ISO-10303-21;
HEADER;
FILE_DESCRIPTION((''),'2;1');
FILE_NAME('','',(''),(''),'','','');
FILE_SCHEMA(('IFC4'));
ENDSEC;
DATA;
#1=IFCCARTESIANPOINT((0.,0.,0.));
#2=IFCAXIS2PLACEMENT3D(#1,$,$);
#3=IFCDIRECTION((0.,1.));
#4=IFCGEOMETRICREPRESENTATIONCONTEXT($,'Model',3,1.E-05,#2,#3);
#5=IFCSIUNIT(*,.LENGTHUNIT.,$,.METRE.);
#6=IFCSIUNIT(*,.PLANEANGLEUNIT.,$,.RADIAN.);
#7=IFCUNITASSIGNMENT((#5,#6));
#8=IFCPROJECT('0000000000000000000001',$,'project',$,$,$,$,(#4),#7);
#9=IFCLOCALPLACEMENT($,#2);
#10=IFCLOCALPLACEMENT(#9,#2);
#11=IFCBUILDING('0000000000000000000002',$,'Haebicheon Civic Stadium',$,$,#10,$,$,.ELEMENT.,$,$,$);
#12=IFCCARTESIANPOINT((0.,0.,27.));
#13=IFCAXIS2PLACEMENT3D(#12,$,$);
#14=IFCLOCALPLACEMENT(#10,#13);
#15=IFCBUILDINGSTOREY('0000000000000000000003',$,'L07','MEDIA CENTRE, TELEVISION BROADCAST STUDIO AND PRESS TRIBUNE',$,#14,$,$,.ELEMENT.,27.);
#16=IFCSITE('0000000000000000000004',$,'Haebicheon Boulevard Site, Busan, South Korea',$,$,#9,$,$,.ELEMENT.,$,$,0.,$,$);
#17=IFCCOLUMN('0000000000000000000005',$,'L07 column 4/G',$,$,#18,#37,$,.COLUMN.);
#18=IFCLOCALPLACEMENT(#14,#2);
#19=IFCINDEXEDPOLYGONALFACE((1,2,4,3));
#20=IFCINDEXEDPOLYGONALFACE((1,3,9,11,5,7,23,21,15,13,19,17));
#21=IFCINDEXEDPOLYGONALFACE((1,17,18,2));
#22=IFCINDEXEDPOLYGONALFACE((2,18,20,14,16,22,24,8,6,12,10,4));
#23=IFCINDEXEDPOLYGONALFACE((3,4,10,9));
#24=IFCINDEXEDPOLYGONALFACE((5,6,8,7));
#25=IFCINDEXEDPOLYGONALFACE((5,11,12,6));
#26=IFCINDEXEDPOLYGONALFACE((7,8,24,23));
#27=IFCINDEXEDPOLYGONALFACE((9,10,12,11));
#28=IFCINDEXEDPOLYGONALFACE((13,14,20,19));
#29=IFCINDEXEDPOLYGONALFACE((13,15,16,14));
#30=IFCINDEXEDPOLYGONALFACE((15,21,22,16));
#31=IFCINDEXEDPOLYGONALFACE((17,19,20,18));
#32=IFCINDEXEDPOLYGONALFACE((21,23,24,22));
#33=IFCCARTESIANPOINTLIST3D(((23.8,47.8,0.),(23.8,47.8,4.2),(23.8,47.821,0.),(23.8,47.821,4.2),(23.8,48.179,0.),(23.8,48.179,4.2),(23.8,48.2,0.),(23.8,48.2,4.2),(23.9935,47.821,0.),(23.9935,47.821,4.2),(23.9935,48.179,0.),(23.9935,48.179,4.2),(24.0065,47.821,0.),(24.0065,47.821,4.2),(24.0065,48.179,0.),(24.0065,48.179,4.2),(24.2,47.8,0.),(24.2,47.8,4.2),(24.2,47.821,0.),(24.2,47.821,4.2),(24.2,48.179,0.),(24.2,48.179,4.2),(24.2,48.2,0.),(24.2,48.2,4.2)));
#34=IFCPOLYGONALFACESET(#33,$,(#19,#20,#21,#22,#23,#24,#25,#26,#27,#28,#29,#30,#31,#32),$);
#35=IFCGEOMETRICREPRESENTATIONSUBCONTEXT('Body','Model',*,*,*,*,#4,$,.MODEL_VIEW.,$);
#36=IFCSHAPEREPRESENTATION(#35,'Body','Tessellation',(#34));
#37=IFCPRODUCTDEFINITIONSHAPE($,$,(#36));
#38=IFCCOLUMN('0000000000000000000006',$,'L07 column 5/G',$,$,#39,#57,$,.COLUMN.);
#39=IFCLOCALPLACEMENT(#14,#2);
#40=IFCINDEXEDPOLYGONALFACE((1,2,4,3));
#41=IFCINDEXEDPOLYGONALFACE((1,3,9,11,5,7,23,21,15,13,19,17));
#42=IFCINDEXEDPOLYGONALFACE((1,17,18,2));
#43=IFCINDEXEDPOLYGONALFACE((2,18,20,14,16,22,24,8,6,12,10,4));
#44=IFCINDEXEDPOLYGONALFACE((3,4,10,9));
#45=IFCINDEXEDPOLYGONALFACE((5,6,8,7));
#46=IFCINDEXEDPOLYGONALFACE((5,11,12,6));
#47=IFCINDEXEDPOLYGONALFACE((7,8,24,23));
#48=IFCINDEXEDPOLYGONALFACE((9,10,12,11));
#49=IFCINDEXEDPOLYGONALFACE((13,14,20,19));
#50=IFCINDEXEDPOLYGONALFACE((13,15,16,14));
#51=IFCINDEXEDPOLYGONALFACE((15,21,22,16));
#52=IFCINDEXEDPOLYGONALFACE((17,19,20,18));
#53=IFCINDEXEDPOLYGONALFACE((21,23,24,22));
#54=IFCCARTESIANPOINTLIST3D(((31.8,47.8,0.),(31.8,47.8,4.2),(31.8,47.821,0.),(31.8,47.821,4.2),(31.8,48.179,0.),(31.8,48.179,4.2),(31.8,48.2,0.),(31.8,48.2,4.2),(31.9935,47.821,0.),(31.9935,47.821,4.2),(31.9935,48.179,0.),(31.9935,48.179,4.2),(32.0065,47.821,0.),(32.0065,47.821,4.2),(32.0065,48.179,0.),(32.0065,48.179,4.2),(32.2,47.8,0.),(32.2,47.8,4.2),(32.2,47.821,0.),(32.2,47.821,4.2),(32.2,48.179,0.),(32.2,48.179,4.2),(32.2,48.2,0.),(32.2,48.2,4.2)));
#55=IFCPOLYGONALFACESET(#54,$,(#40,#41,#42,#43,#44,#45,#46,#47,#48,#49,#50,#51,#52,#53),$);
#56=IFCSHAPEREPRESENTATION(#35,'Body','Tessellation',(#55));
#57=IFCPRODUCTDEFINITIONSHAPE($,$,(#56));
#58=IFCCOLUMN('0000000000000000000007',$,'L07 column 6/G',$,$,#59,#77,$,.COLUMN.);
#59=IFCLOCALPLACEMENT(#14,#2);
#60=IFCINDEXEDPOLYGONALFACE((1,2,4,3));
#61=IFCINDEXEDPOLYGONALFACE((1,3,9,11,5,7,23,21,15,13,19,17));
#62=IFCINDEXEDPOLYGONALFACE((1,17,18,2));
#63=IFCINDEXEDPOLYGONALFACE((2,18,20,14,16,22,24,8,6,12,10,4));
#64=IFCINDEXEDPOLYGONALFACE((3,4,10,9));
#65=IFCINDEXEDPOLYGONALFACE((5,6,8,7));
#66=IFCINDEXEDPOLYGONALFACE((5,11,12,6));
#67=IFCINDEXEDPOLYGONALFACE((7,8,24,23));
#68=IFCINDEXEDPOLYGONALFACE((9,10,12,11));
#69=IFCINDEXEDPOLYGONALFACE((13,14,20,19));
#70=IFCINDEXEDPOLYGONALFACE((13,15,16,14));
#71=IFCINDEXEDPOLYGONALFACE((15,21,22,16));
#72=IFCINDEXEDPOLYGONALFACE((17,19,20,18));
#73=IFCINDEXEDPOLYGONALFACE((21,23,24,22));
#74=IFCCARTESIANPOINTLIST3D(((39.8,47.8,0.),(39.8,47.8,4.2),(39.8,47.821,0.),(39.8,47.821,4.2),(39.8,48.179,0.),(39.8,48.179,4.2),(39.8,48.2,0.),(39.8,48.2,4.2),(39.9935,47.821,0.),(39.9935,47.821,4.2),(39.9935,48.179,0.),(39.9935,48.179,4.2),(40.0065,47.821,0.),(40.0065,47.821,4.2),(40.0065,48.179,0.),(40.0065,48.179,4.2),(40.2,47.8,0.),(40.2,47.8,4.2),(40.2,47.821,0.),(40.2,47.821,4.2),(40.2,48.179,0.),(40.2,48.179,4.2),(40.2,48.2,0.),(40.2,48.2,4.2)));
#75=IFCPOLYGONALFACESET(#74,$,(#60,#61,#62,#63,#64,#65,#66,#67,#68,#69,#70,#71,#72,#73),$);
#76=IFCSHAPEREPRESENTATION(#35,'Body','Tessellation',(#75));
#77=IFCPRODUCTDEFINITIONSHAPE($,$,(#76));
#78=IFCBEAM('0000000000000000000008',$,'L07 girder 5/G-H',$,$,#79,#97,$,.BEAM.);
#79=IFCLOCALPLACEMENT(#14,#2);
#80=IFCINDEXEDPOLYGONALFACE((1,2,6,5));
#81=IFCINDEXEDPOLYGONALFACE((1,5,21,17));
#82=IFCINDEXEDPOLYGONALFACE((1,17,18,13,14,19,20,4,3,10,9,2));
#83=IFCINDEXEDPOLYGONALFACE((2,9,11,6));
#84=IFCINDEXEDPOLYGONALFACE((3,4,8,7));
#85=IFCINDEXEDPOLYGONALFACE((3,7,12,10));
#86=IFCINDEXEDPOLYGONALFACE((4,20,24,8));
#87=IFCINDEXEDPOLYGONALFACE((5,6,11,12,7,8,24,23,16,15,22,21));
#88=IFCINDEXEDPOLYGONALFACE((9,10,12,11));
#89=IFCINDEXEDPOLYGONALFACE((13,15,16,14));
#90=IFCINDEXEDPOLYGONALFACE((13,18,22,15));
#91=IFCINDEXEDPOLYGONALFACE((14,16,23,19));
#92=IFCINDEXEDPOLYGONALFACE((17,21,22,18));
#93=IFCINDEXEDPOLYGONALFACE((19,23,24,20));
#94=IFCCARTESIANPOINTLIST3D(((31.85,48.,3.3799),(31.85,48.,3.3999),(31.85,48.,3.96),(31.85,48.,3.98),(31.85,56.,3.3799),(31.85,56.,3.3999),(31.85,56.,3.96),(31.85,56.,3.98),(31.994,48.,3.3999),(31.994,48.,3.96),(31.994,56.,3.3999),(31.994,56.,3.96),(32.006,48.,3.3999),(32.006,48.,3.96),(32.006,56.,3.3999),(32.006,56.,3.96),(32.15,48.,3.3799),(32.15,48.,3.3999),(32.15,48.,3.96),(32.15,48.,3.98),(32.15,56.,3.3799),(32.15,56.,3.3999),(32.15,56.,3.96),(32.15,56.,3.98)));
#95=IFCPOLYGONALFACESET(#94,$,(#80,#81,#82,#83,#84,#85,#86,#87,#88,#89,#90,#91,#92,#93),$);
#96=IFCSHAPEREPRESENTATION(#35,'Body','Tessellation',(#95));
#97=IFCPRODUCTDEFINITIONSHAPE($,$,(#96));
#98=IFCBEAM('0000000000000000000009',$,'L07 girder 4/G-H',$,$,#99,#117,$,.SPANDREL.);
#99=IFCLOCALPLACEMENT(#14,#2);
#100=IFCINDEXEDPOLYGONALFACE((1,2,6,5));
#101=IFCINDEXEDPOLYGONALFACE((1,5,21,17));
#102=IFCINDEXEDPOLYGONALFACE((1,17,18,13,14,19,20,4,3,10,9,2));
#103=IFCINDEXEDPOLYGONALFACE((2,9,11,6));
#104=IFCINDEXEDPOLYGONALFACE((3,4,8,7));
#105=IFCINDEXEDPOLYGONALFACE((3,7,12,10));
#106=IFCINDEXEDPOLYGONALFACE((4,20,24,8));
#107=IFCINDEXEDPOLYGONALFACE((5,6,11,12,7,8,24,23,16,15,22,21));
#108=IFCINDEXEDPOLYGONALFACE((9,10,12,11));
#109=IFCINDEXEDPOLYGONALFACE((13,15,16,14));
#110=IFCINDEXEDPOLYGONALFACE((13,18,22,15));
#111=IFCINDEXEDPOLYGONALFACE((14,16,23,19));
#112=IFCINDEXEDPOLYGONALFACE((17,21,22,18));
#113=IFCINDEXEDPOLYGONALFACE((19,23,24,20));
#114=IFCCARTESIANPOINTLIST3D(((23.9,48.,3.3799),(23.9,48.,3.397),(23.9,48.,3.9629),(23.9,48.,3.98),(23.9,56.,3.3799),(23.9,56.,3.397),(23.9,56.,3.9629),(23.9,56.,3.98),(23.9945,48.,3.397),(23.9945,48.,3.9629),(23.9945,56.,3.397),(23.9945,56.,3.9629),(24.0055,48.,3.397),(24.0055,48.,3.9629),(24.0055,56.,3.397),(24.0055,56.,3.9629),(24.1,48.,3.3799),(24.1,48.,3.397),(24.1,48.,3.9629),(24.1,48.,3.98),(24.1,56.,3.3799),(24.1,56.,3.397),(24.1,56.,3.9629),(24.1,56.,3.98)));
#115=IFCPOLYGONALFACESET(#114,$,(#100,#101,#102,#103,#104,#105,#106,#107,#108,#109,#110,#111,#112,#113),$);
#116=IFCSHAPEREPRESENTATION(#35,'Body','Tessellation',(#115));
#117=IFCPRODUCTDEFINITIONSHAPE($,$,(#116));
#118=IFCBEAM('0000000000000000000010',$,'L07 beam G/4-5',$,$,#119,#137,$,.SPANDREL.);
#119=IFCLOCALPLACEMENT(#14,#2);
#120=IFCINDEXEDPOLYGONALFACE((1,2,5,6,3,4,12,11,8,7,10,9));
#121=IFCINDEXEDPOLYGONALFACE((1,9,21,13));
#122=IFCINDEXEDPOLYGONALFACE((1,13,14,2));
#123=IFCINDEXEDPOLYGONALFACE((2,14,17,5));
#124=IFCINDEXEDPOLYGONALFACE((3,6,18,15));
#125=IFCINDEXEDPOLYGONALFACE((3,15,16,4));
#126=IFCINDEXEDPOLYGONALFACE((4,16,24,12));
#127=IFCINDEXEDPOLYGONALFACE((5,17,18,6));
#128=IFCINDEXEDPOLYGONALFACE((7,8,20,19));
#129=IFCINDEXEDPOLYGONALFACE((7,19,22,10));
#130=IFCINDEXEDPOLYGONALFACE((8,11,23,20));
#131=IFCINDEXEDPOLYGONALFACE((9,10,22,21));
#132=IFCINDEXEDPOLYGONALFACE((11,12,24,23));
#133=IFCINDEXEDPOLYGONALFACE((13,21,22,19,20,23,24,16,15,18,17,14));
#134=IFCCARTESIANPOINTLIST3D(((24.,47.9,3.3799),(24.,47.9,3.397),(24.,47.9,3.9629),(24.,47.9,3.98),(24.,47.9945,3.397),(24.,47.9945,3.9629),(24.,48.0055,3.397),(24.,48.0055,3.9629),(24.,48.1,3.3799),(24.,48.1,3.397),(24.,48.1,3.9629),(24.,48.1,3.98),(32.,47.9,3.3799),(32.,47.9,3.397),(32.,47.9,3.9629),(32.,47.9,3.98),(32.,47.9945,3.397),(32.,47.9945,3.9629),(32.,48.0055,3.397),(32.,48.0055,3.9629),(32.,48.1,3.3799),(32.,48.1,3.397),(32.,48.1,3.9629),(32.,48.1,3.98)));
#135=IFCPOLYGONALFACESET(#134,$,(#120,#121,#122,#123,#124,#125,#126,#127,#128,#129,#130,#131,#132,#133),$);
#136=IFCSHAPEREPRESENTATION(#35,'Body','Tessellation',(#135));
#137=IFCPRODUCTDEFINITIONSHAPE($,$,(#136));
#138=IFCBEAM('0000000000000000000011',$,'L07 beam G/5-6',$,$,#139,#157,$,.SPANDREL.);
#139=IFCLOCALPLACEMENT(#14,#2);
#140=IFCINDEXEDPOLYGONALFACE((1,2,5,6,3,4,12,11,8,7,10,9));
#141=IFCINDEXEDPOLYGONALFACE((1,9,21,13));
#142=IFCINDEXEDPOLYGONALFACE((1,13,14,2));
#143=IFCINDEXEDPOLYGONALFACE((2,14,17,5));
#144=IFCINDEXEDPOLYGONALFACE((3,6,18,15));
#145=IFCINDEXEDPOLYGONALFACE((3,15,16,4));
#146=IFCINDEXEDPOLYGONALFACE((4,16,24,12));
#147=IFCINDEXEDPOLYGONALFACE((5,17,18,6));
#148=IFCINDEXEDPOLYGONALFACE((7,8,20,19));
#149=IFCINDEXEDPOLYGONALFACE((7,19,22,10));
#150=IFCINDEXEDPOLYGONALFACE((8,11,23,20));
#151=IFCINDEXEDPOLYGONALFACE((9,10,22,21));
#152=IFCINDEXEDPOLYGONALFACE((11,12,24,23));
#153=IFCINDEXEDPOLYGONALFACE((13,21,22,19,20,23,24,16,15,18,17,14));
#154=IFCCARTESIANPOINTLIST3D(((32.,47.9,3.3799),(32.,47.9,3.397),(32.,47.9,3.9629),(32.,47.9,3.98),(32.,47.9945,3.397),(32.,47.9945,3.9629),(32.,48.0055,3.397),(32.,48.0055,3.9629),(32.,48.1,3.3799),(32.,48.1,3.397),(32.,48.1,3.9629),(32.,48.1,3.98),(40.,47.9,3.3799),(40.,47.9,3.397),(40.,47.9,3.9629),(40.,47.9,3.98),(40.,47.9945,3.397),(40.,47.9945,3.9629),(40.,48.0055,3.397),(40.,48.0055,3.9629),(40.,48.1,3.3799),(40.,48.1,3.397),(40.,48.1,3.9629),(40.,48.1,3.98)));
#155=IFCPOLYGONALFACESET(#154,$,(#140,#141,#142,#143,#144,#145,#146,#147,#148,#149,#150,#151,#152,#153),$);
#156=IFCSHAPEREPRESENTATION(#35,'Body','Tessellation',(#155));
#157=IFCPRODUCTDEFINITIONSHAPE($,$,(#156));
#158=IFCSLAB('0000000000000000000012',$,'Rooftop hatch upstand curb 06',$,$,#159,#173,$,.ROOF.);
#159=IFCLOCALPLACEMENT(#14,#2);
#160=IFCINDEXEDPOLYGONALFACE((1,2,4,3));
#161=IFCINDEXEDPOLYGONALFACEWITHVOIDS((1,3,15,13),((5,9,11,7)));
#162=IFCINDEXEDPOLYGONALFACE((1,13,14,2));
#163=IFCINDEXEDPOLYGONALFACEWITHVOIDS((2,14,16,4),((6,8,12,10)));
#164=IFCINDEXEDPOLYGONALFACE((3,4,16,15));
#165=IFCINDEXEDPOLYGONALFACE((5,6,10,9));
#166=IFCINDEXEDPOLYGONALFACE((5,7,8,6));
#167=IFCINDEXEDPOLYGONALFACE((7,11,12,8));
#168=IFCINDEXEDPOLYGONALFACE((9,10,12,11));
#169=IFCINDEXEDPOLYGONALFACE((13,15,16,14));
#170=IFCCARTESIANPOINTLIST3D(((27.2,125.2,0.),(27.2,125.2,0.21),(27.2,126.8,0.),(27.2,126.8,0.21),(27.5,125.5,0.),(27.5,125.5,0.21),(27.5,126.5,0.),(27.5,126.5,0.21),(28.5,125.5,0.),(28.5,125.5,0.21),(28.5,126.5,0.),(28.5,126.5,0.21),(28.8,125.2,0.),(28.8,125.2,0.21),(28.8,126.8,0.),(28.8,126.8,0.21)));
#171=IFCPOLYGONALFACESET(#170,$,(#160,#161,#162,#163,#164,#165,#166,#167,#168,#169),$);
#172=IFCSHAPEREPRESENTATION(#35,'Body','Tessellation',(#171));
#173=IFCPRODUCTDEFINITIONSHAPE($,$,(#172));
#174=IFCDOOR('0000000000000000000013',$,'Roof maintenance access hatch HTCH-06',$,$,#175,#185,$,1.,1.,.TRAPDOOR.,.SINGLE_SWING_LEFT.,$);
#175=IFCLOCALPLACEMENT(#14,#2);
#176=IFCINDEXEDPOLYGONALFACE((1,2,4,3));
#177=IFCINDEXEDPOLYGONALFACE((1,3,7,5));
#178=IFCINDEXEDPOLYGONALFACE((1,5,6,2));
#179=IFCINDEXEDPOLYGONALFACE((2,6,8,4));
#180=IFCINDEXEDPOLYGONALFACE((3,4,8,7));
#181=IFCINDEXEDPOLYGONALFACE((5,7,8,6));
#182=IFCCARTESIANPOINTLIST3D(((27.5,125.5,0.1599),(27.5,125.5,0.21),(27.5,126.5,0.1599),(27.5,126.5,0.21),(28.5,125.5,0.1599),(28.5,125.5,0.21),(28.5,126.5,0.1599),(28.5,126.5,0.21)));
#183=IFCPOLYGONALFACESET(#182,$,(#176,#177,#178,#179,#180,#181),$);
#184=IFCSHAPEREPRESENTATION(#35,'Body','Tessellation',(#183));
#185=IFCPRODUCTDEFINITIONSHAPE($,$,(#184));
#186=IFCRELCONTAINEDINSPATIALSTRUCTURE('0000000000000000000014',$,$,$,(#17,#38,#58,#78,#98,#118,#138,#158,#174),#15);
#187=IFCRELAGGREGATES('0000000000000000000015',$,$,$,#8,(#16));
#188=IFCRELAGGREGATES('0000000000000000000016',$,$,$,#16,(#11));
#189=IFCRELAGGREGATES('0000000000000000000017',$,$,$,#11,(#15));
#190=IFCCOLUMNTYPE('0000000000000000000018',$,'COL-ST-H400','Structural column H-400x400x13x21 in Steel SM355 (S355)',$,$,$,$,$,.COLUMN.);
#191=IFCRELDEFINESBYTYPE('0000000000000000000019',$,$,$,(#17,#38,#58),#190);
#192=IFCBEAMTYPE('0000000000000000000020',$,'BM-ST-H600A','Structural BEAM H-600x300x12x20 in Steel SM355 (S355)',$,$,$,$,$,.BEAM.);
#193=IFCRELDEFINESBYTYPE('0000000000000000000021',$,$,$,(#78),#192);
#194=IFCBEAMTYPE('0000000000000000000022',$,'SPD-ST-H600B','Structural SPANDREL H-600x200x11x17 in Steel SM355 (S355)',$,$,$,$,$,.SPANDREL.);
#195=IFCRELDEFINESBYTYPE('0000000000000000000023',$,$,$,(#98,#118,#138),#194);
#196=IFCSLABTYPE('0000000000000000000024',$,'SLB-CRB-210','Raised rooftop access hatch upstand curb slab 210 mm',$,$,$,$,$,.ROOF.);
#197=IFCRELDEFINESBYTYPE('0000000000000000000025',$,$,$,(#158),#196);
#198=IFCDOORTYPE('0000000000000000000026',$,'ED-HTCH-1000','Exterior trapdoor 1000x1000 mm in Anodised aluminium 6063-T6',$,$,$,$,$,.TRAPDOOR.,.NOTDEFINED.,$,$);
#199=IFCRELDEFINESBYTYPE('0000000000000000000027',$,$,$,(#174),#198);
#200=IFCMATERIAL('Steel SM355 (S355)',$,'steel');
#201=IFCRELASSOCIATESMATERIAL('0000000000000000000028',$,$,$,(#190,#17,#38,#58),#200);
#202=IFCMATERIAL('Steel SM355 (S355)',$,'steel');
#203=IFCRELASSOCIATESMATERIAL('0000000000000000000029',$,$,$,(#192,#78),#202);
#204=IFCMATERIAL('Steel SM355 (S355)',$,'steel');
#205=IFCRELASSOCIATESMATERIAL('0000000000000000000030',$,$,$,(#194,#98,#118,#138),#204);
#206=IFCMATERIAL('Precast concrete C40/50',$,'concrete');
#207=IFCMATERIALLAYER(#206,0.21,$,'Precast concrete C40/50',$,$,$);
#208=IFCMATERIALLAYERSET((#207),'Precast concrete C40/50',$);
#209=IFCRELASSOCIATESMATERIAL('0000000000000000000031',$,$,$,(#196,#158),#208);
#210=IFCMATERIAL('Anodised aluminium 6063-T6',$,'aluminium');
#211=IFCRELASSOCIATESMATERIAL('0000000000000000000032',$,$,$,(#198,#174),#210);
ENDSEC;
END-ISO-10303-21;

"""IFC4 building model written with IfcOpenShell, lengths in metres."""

from ifc_helpers import new_model, si_unit, direction, frame, origin, origin_2d, place, context, subcontext, project, spatial, polyline, rectangle, i_section, outline, extrude, material, layer, layer_set, material_profile, profile_set, type_object, element, fill, save


model = new_model("IFC4")

# Units and contexts
model_context = context("Model", 3, precision=1e-05, world=origin(), true_north=direction((0.0, 1.0)))
body_context = subcontext(model_context, "Body", "Model", "MODEL_VIEW")
ifc_project = project(units=[si_unit("LENGTHUNIT", "METRE"), si_unit("PLANEANGLEUNIT", "RADIAN")], contexts=[model_context])

# Site, building, storey
site_placement = place(None, origin())
site = spatial("IfcSite", under=ifc_project, at=site_placement, Name="Haebicheon Boulevard Site, Busan, South Korea", CompositionType="ELEMENT", RefElevation=0.0)
building_placement = place(site_placement, origin())
building = spatial("IfcBuilding", under=site, at=building_placement, Name="Haebicheon Civic Stadium", CompositionType="ELEMENT")
storey_placement = place(building_placement, frame((0.0, 0.0, 27.0)))
storey = spatial("IfcBuildingStorey", under=building, at=storey_placement, Name="L07", Description="MEDIA CENTRE, TELEVISION BROADCAST STUDIO AND PRESS TRIBUNE", CompositionType="ELEMENT", Elevation=27.0)

# Columns
ifc_material_1 = material(Name="Steel SM355 (S355)", Category="steel")
ifc_material_profile_1 = material_profile(ifc_material_1, i_section(OverallWidth=0.3999, OverallDepth=0.3999, WebThickness=0.0129, FlangeThickness=0.021, at=origin_2d()), Name="H-400x400x13x21")
ifc_profile_set_1 = profile_set([ifc_material_profile_1], Name="Steel SM355 (S355)")
column_type = type_object("IfcColumnType", Name="COL-ST-H400", Description="Structural column H-400x400x13x21 in Steel SM355 (S355)", PredefinedType="COLUMN", material=ifc_profile_set_1)
for number, where, z_axis, x_axis, name in (
    (1, (24.0, 48.0, 0.0), (0.0, 0.0, 1.0), (1.0, 0.0, 0.0), "L07 column 4/G"),
    (2, (32.0, 48.0, 0.0), (0.0, 0.0, 1.0), (1.0, 0.0, 0.0), "L07 column 5/G"),
    (3, (40.0, 48.0, 0.0), (0.0, 0.0, 1.0), (1.0, 0.0, 0.0), "L07 column 6/G"),
):
    element("IfcColumn", number, at=place(storey_placement, frame(where, z_axis=z_axis, x_axis=x_axis)), inside=storey, type_object=column_type, material=ifc_profile_set_1, Name=name, PredefinedType="COLUMN", context=body_context, shape_type="SweptSolid", body=[
        extrude(i_section(OverallWidth=0.3999, OverallDepth=0.3999, WebThickness=0.0129, FlangeThickness=0.021, at=origin_2d()), origin(), (0.0, 0.0, 1.0), 4.2),
    ])

# Beams
ifc_material_2 = material(Name="Steel SM355 (S355)", Category="steel")
ifc_material_profile_2 = material_profile(ifc_material_2, i_section(OverallWidth=0.3, OverallDepth=0.6001, WebThickness=0.012, FlangeThickness=0.02, at=origin_2d()), Name="H-600x300x12x20")
ifc_profile_set_2 = profile_set([ifc_material_profile_2], Name="Steel SM355 (S355)")
beam_type_1 = type_object("IfcBeamType", Name="BM-ST-H600A", Description="Structural BEAM H-600x300x12x20 in Steel SM355 (S355)", PredefinedType="BEAM", material=ifc_profile_set_2)
beam_placement = place(storey_placement, frame((32.0, 48.0, 3.6799), z_axis=(0.0, 1.0, 0.0), x_axis=(-1.0, 0.0, 0.0)))
element("IfcBeam", 4, at=beam_placement, inside=storey, type_object=beam_type_1, material=ifc_profile_set_2, Name="L07 girder 5/G-H", PredefinedType="BEAM", context=body_context, shape_type="SweptSolid", body=[
    extrude(i_section(OverallWidth=0.3, OverallDepth=0.6001, WebThickness=0.012, FlangeThickness=0.02, at=origin_2d()), origin(), (0.0, 0.0, 1.0), 8.0),
])
ifc_material_3 = material(Name="Steel SM355 (S355)", Category="steel")
ifc_material_profile_3 = material_profile(ifc_material_3, i_section(OverallWidth=0.2, OverallDepth=0.6001, WebThickness=0.011, FlangeThickness=0.0171, at=origin_2d()), Name="H-600x200x11x17")
ifc_profile_set_3 = profile_set([ifc_material_profile_3], Name="Steel SM355 (S355)")
beam_type_2 = type_object("IfcBeamType", Name="SPD-ST-H600B", Description="Structural SPANDREL H-600x200x11x17 in Steel SM355 (S355)", PredefinedType="SPANDREL", material=ifc_profile_set_3)
for number, where, z_axis, x_axis, name in (
    (5, (24.0, 48.0, 3.6799), (0.0, 1.0, 0.0), (-1.0, 0.0, 0.0), "L07 girder 4/G-H"),
    (6, (24.0, 48.0, 3.6799), (1.0, 0.0, 0.0), (0.0, 1.0, 0.0), "L07 beam G/4-5"),
    (7, (32.0, 48.0, 3.6799), (1.0, 0.0, 0.0), (0.0, 1.0, 0.0), "L07 beam G/5-6"),
):
    element("IfcBeam", number, at=place(storey_placement, frame(where, z_axis=z_axis, x_axis=x_axis)), inside=storey, type_object=beam_type_2, material=ifc_profile_set_3, Name=name, PredefinedType="SPANDREL", context=body_context, shape_type="SweptSolid", body=[
        extrude(i_section(OverallWidth=0.2, OverallDepth=0.6001, WebThickness=0.011, FlangeThickness=0.0171, at=origin_2d()), origin(), (0.0, 0.0, 1.0), 8.0),
    ])

# Slab, opening, door
ifc_material_4 = material(Name="Precast concrete C40/50", Category="concrete")
ifc_layer_1 = layer(ifc_material_4, 0.21, Name="Precast concrete C40/50")
ifc_layer_set_1 = layer_set([ifc_layer_1], Name="Precast concrete C40/50")
slab_type_1 = type_object("IfcSlabType", Name="SLB-CRB-210", Description="Raised rooftop access hatch upstand curb slab 210 mm", PredefinedType="ROOF", material=ifc_layer_set_1)
slab_1_placement = place(storey_placement, origin())
slab_1 = element("IfcSlab", 8, at=slab_1_placement, inside=storey, type_object=slab_type_1, material=ifc_layer_set_1, Name="Rooftop hatch upstand curb 06", PredefinedType="ROOF", context=body_context, shape_type="SweptSolid", body=[
    extrude(outline(polyline([(27.2, 125.2), (28.8, 125.2), (28.8, 126.8), (27.2, 126.8), (27.2, 125.2)]), holes=[polyline([(27.5, 125.5), (28.5, 125.5), (28.5, 126.5), (27.5, 126.5), (27.5, 125.5)])]), origin(), (0.0, 0.0, 1.0), 0.21),
])
opening_placement = place(slab_1_placement, frame((28.0, 126.0, -0.01)))
opening = element("IfcOpeningElement", 9, at=opening_placement, cuts=slab_1, PredefinedType="OPENING", context=body_context, shape_type="SweptSolid", body=[
    extrude(rectangle(XDim=1.0, YDim=1.0, at=origin_2d()), origin(), (0.0, 0.0, 1.0), 0.23),
])
ifc_material_5 = material(Name="Anodised aluminium 6063-T6", Category="aluminium")
door_type = type_object("IfcDoorType", Name="ED-HTCH-1000", Description="Exterior trapdoor 1000x1000 mm in Anodised aluminium 6063-T6", OperationType="NOTDEFINED", PredefinedType="TRAPDOOR", material=ifc_material_5)
door_placement = place(slab_1_placement, frame((28.0, 126.0, 0.1599)))
door = element("IfcDoor", 10, at=door_placement, inside=storey, type_object=door_type, material=ifc_material_5, Name="Roof maintenance access hatch HTCH-06", OperationType="SINGLE_SWING_LEFT", OverallHeight=1.0, OverallWidth=1.0, PredefinedType="TRAPDOOR", context=body_context, shape_type="SweptSolid", body=[
    extrude(rectangle(XDim=1.0, YDim=1.0, at=origin_2d()), origin(), (0.0, 0.0, 1.0), 0.05),
])
fill(opening, door)

save(model, "model.ifc")
